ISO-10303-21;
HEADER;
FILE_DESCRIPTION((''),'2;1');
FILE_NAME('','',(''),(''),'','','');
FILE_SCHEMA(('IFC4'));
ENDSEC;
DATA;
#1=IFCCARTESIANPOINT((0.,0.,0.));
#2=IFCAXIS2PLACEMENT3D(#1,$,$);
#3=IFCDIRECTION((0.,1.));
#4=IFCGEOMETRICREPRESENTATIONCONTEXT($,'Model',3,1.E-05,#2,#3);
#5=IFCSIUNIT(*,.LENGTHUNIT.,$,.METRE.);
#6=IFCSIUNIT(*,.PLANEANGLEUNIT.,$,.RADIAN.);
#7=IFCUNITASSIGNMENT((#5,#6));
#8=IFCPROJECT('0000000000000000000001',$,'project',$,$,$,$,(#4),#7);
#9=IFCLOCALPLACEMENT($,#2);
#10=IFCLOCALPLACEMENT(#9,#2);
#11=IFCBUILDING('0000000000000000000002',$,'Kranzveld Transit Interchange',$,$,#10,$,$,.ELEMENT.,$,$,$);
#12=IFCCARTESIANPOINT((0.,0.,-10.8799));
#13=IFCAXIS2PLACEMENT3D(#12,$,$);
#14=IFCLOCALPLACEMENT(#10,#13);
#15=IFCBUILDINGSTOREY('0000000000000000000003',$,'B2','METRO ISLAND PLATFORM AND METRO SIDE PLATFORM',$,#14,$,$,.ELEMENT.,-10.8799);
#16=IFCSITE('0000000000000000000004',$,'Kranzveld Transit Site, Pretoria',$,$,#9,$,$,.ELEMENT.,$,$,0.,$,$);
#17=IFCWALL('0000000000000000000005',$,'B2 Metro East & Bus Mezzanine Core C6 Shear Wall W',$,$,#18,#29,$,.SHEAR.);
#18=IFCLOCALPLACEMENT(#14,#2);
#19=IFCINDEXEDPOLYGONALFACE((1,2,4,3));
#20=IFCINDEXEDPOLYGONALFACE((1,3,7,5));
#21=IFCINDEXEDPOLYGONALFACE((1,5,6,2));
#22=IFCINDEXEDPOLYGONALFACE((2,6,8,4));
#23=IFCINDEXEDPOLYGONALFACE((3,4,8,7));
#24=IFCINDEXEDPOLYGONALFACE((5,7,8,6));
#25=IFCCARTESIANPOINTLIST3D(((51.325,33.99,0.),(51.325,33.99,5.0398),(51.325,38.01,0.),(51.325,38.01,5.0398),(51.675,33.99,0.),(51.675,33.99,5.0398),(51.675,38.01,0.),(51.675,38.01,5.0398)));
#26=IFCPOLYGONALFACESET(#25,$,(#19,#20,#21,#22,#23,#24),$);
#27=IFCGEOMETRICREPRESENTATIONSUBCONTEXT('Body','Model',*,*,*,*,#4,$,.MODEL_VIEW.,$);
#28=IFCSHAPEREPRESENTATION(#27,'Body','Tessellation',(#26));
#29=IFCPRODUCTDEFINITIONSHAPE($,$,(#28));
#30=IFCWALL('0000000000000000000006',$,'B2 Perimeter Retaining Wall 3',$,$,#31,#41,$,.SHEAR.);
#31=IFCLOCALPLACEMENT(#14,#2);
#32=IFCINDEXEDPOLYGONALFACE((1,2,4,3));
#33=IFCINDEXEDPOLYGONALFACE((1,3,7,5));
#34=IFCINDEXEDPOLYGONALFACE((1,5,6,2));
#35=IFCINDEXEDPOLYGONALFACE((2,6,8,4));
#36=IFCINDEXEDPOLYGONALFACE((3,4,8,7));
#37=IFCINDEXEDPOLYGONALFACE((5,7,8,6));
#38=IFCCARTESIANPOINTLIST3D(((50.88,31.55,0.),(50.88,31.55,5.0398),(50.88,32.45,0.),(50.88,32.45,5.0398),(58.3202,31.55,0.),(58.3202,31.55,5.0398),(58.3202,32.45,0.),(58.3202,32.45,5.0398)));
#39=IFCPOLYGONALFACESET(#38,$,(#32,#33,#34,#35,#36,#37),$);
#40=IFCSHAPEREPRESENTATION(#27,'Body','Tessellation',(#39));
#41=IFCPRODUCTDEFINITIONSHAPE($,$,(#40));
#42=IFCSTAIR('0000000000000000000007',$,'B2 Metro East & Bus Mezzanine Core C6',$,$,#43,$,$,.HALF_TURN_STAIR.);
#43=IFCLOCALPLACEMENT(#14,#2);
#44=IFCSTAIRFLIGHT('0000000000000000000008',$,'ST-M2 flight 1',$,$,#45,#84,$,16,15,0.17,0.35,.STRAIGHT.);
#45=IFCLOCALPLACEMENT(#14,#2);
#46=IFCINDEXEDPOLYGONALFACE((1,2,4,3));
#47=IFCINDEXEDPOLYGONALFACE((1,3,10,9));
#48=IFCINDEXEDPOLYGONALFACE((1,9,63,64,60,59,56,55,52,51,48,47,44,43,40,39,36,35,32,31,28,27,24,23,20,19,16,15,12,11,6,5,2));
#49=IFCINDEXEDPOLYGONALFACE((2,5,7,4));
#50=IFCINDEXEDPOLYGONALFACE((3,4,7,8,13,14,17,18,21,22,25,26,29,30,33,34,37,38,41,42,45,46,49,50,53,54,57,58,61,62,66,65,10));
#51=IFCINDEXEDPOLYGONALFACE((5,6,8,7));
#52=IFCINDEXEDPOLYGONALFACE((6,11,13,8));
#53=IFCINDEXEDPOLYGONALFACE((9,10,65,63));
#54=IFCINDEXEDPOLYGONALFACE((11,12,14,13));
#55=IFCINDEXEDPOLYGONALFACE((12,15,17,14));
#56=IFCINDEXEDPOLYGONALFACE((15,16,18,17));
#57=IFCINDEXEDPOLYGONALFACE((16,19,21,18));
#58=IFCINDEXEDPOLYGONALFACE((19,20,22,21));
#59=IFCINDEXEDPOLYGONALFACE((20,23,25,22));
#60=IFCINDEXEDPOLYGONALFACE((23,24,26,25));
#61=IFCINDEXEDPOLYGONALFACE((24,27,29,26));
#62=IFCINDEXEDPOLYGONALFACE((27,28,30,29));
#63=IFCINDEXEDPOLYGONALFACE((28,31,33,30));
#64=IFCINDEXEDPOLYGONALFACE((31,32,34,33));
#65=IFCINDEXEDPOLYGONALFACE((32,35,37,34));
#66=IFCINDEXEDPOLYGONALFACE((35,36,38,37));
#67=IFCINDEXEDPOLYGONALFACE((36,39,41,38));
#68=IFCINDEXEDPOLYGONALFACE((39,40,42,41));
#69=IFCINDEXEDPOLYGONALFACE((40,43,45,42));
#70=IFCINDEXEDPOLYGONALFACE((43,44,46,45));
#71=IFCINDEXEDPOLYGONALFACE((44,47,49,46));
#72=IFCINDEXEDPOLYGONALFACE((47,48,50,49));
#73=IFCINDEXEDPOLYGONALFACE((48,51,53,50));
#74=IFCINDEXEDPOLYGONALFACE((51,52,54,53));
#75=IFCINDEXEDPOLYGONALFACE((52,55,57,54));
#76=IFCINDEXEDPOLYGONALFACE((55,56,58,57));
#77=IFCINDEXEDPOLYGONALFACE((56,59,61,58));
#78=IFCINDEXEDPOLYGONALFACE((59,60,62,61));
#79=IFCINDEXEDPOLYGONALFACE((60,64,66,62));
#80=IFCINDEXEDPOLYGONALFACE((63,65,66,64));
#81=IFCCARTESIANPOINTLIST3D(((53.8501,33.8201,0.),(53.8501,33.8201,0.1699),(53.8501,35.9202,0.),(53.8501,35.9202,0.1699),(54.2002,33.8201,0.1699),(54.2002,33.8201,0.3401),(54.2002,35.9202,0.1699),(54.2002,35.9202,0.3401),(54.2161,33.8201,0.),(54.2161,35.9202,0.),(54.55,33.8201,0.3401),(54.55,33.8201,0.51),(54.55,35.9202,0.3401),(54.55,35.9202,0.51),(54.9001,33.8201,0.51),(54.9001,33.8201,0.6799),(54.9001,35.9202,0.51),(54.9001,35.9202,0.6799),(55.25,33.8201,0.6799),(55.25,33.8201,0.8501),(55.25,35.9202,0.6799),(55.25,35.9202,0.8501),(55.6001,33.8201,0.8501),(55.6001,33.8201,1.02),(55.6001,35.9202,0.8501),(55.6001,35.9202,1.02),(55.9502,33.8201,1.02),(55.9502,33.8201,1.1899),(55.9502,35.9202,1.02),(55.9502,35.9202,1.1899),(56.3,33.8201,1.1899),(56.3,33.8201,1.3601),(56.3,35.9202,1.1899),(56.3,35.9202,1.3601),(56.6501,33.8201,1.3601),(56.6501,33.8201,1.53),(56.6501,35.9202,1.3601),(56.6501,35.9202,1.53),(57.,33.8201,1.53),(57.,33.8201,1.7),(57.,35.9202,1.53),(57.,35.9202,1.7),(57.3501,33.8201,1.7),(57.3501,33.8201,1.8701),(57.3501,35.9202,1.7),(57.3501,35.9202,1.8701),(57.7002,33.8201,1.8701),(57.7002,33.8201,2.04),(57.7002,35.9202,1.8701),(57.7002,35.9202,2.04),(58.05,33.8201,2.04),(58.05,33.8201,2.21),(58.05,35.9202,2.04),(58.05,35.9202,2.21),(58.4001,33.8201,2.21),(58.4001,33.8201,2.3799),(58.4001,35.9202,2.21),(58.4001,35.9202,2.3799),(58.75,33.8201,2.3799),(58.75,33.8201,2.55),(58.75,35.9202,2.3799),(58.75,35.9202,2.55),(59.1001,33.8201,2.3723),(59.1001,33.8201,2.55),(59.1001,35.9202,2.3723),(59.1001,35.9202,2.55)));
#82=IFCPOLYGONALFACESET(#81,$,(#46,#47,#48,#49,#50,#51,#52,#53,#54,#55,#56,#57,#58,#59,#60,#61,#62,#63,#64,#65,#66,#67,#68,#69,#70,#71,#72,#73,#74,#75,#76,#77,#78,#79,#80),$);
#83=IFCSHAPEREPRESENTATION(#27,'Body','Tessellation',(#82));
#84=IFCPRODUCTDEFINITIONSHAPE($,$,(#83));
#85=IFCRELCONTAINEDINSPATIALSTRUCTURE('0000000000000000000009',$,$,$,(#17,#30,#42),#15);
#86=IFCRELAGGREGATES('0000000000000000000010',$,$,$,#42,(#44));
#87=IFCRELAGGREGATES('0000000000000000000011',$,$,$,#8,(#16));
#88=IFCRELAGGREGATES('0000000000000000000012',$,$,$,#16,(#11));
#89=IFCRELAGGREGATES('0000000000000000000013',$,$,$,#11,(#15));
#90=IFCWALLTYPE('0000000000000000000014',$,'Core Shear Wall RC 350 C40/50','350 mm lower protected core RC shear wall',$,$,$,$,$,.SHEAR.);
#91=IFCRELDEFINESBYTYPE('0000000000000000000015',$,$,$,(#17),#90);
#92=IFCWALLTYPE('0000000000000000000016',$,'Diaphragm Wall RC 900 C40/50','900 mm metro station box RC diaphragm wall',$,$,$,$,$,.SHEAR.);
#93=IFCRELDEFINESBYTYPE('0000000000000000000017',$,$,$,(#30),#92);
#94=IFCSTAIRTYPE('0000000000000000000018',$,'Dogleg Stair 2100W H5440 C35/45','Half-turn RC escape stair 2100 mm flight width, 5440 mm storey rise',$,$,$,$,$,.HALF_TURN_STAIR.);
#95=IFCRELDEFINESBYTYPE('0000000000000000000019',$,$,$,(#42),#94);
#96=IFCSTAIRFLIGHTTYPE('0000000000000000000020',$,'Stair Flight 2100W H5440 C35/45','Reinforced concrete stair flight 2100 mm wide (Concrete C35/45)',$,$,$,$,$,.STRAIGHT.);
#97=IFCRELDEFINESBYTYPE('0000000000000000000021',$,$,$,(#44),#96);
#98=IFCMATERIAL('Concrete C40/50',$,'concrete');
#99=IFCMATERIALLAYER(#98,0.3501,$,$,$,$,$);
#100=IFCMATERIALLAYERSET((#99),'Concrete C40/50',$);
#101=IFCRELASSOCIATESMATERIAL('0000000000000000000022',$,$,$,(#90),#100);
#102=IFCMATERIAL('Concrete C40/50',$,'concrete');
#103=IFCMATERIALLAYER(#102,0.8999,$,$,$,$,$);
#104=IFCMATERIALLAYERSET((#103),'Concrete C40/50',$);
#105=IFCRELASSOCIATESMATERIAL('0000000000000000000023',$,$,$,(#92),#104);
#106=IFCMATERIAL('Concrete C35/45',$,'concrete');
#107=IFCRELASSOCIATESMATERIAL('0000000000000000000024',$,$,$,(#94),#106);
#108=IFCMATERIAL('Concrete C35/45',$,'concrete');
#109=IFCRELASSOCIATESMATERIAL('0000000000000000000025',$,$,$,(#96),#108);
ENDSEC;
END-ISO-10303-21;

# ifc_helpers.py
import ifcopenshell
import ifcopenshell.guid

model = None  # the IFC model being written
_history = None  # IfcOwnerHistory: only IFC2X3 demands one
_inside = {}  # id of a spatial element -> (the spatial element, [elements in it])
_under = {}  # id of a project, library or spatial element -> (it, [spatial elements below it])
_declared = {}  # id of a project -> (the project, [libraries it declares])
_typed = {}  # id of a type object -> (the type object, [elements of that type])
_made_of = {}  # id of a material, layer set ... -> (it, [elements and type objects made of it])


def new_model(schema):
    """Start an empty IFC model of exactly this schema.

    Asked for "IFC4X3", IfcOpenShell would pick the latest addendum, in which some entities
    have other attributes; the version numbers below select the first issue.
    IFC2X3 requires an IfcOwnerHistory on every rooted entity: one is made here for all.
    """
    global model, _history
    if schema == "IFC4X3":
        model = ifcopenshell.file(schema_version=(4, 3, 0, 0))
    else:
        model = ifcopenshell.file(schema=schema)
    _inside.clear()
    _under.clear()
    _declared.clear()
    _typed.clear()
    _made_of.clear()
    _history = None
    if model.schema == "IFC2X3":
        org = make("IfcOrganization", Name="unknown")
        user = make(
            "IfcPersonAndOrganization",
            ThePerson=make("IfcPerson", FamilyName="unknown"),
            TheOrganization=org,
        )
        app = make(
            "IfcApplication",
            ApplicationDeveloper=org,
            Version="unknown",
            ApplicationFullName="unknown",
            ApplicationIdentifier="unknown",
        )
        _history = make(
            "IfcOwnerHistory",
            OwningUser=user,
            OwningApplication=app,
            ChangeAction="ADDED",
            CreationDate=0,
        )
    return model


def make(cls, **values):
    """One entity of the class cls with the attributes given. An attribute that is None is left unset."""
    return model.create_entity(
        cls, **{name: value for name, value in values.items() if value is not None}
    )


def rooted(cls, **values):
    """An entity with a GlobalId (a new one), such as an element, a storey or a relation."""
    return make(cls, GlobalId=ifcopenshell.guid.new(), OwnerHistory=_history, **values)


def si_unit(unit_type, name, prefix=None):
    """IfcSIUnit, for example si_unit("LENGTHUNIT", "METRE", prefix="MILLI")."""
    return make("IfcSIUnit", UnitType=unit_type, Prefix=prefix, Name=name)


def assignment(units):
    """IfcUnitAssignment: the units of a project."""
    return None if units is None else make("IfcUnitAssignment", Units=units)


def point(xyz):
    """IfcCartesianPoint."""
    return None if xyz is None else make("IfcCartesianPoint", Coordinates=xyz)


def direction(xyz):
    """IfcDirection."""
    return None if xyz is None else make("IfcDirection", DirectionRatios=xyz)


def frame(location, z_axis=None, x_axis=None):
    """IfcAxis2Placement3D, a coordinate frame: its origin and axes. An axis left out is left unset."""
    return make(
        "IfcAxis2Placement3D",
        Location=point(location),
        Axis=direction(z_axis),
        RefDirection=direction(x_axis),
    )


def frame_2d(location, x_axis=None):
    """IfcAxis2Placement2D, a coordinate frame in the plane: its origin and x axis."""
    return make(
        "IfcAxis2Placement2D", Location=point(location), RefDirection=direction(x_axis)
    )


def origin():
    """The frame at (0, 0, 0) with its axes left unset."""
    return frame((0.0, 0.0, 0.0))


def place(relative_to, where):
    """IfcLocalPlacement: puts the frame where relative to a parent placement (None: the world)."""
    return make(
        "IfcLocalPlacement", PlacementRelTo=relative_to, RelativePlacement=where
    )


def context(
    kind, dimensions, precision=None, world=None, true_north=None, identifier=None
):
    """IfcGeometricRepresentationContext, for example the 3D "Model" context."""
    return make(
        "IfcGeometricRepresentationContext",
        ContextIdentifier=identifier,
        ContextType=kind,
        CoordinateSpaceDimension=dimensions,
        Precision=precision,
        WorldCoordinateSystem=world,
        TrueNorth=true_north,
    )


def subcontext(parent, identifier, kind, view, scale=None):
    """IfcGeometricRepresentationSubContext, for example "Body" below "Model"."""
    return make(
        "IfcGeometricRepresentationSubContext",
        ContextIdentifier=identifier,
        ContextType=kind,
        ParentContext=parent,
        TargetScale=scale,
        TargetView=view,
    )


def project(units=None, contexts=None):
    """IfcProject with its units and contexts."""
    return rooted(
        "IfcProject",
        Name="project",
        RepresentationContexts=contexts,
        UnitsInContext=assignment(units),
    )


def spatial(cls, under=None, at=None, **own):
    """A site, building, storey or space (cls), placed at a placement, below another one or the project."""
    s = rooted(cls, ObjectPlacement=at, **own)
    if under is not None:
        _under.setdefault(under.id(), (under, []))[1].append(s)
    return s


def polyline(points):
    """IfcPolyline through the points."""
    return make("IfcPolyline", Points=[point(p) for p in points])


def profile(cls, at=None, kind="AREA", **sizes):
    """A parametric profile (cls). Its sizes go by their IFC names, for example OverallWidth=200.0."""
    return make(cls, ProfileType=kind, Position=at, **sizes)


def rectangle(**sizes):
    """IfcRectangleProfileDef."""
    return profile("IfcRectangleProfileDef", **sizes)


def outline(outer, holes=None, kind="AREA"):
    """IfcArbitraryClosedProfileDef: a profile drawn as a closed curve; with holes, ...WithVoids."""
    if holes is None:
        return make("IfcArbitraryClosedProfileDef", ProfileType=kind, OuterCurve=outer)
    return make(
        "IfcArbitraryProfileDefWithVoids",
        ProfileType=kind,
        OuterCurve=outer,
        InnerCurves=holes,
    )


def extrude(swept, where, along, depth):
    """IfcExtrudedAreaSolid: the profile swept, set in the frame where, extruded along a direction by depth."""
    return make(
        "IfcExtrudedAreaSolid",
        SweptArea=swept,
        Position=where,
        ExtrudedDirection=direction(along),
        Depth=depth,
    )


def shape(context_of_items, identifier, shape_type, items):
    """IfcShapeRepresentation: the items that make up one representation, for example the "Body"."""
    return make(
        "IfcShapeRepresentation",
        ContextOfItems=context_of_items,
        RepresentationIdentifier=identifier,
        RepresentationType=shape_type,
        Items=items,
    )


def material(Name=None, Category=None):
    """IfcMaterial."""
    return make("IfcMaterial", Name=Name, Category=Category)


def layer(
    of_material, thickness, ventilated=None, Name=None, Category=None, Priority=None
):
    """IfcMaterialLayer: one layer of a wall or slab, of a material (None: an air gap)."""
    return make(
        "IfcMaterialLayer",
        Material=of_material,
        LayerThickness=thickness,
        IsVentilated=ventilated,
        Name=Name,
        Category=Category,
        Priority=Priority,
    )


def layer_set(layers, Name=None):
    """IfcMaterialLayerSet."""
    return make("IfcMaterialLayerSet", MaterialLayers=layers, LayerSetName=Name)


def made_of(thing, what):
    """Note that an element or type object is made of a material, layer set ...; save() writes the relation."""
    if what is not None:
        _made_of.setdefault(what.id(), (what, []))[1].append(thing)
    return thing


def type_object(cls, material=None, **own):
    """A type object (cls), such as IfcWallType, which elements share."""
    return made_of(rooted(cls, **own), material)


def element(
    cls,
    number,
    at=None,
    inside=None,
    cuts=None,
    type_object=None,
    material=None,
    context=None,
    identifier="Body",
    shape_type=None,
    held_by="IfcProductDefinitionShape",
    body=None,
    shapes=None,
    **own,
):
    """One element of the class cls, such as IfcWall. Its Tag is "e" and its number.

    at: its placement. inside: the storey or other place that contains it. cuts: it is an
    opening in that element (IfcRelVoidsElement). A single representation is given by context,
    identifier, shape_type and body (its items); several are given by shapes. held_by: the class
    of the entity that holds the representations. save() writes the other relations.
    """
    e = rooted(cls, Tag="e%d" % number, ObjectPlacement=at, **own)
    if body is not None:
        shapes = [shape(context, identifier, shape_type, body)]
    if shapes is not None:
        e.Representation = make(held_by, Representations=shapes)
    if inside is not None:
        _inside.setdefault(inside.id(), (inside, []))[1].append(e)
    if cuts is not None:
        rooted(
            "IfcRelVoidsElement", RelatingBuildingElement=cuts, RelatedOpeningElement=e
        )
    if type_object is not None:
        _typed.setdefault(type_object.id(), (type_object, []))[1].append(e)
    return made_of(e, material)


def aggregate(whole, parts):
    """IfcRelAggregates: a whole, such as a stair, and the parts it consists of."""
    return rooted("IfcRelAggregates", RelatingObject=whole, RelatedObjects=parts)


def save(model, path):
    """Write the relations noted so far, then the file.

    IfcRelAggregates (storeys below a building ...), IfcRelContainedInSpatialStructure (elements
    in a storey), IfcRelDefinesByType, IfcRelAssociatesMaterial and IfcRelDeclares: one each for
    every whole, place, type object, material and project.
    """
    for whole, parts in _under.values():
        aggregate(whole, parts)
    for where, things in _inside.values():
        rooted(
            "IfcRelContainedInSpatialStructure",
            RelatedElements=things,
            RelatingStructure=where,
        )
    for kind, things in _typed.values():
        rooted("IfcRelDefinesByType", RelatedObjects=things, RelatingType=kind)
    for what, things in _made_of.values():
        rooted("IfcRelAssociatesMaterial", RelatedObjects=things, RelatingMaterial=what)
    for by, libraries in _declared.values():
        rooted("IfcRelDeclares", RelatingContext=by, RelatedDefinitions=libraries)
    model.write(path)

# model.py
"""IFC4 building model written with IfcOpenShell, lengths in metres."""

from ifc_helpers import new_model, si_unit, direction, frame, frame_2d, origin, place, context, subcontext, project, spatial, polyline, rectangle, outline, extrude, material, layer, layer_set, type_object, element, aggregate, save


model = new_model("IFC4")

# Units and contexts
model_context = context("Model", 3, precision=1e-05, world=origin(), true_north=direction((0.0, 1.0)))
body_context = subcontext(model_context, "Body", "Model", "MODEL_VIEW")
ifc_project = project(units=[si_unit("LENGTHUNIT", "METRE"), si_unit("PLANEANGLEUNIT", "RADIAN")], contexts=[model_context])

# Site, building, storey
site_placement = place(None, origin())
site = spatial("IfcSite", under=ifc_project, at=site_placement, Name="Kranzveld Transit Site, Pretoria", CompositionType="ELEMENT", RefElevation=0.0)
building_placement = place(site_placement, origin())
building = spatial("IfcBuilding", under=site, at=building_placement, Name="Kranzveld Transit Interchange", CompositionType="ELEMENT")
storey_placement = place(building_placement, frame((0.0, 0.0, -10.8799)))
storey = spatial("IfcBuildingStorey", under=building, at=storey_placement, Name="B2", Description="METRO ISLAND PLATFORM AND METRO SIDE PLATFORM", CompositionType="ELEMENT", Elevation=-10.8799)

# Shared definitions
ifc_material_1 = material(Name="Concrete C40/50", Category="concrete")
ifc_layer_1 = layer(ifc_material_1, 0.3501)
ifc_layer_set_1 = layer_set([ifc_layer_1], Name="Concrete C40/50")
wall_type_1 = type_object("IfcWallType", Name="Core Shear Wall RC 350 C40/50", Description="350 mm lower protected core RC shear wall", PredefinedType="SHEAR", material=ifc_layer_set_1)

# Walls
wall_1_placement = place(storey_placement, frame((51.5, 33.99, 0.0), z_axis=(0.0, 0.0, 1.0), x_axis=(0.0, 1.0, 0.0)))
element("IfcWall", 1, at=wall_1_placement, inside=storey, type_object=wall_type_1, Name="B2 Metro East & Bus Mezzanine Core C6 Shear Wall W", PredefinedType="SHEAR", context=body_context, shape_type="SweptSolid", body=[
    extrude(rectangle(XDim=4.02, YDim=0.3501, at=frame_2d((2.01, 0.0))), origin(), (0.0, 0.0, 1.0), 5.0398),
])
ifc_material_2 = material(Name="Concrete C40/50", Category="concrete")
ifc_layer_2 = layer(ifc_material_2, 0.8999)
ifc_layer_set_2 = layer_set([ifc_layer_2], Name="Concrete C40/50")
wall_type_2 = type_object("IfcWallType", Name="Diaphragm Wall RC 900 C40/50", Description="900 mm metro station box RC diaphragm wall", PredefinedType="SHEAR", material=ifc_layer_set_2)
wall_2_placement = place(storey_placement, frame((50.8799, 32.0, 0.0), z_axis=(0.0, 0.0, 1.0), x_axis=(1.0, 0.0, 0.0)))
element("IfcWall", 2, at=wall_2_placement, inside=storey, type_object=wall_type_2, Name="B2 Perimeter Retaining Wall 3", PredefinedType="SHEAR", context=body_context, shape_type="SweptSolid", body=[
    extrude(rectangle(XDim=7.4402, YDim=0.8999, at=frame_2d((3.7202, 0.0))), origin(), (0.0, 0.0, 1.0), 5.0398),
])

# Stair, stair flight
ifc_material_3 = material(Name="Concrete C35/45", Category="concrete")
stair_type = type_object("IfcStairType", Name="Dogleg Stair 2100W H5440 C35/45", Description="Half-turn RC escape stair 2100 mm flight width, 5440 mm storey rise", PredefinedType="HALF_TURN_STAIR", material=ifc_material_3)
stair_placement = place(storey_placement, origin())
stair = element("IfcStair", 3, at=stair_placement, inside=storey, type_object=stair_type, Name="B2 Metro East & Bus Mezzanine Core C6", PredefinedType="HALF_TURN_STAIR")
ifc_material_4 = material(Name="Concrete C35/45", Category="concrete")
stair_flight_type = type_object("IfcStairFlightType", Name="Stair Flight 2100W H5440 C35/45", Description="Reinforced concrete stair flight 2100 mm wide (Concrete C35/45)", PredefinedType="STRAIGHT", material=ifc_material_4)
stair_flight_placement = place(storey_placement, frame((53.8501, 34.8701, 0.0), z_axis=(0.0, 0.0, 1.0), x_axis=(1.0, 0.0, 0.0)))
stair_flight = element("IfcStairFlight", 4, at=stair_flight_placement, type_object=stair_flight_type, Name="ST-M2 flight 1", NumberOfRisers=16, NumberOfTreads=15, PredefinedType="STRAIGHT", RiserHeight=0.17, TreadLength=0.35, context=body_context, shape_type="SweptSolid", body=[
    extrude(outline(polyline([(0.0, 0.0), (0.0, 0.1699), (0.3501, 0.1699), (0.3501, 0.3401), (0.7, 0.3401), (0.7, 0.51), (1.05, 0.51), (1.05, 0.6799), (1.3999, 0.6799), (1.3999, 0.8501), (1.75, 0.8501), (1.75, 1.02), (2.1001, 1.02), (2.1001, 1.1899), (2.45, 1.1899), (2.45, 1.3601), (2.8, 1.3601), (2.8, 1.53), (3.1499, 1.53), (3.1499, 1.7), (3.5, 1.7), (3.5, 1.8701), (3.8501, 1.8701), (3.8501, 2.04), (4.2, 2.04), (4.2, 2.21), (4.55, 2.21), (4.55, 2.3799), (4.8999, 2.3799), (4.8999, 2.55), (5.25, 2.55), (5.25, 2.72), (5.25, 2.3723), (0.366, 0.0), (0.0, 0.0)])), frame((0.0, 1.05, 0.0), z_axis=(0.0, -1.0, 0.0), x_axis=(1.0, 0.0, 0.0)), (0.0, 0.0, 1.0), 2.1001),
])
aggregate(stair, [stair_flight])

save(model, "model.ifc")
